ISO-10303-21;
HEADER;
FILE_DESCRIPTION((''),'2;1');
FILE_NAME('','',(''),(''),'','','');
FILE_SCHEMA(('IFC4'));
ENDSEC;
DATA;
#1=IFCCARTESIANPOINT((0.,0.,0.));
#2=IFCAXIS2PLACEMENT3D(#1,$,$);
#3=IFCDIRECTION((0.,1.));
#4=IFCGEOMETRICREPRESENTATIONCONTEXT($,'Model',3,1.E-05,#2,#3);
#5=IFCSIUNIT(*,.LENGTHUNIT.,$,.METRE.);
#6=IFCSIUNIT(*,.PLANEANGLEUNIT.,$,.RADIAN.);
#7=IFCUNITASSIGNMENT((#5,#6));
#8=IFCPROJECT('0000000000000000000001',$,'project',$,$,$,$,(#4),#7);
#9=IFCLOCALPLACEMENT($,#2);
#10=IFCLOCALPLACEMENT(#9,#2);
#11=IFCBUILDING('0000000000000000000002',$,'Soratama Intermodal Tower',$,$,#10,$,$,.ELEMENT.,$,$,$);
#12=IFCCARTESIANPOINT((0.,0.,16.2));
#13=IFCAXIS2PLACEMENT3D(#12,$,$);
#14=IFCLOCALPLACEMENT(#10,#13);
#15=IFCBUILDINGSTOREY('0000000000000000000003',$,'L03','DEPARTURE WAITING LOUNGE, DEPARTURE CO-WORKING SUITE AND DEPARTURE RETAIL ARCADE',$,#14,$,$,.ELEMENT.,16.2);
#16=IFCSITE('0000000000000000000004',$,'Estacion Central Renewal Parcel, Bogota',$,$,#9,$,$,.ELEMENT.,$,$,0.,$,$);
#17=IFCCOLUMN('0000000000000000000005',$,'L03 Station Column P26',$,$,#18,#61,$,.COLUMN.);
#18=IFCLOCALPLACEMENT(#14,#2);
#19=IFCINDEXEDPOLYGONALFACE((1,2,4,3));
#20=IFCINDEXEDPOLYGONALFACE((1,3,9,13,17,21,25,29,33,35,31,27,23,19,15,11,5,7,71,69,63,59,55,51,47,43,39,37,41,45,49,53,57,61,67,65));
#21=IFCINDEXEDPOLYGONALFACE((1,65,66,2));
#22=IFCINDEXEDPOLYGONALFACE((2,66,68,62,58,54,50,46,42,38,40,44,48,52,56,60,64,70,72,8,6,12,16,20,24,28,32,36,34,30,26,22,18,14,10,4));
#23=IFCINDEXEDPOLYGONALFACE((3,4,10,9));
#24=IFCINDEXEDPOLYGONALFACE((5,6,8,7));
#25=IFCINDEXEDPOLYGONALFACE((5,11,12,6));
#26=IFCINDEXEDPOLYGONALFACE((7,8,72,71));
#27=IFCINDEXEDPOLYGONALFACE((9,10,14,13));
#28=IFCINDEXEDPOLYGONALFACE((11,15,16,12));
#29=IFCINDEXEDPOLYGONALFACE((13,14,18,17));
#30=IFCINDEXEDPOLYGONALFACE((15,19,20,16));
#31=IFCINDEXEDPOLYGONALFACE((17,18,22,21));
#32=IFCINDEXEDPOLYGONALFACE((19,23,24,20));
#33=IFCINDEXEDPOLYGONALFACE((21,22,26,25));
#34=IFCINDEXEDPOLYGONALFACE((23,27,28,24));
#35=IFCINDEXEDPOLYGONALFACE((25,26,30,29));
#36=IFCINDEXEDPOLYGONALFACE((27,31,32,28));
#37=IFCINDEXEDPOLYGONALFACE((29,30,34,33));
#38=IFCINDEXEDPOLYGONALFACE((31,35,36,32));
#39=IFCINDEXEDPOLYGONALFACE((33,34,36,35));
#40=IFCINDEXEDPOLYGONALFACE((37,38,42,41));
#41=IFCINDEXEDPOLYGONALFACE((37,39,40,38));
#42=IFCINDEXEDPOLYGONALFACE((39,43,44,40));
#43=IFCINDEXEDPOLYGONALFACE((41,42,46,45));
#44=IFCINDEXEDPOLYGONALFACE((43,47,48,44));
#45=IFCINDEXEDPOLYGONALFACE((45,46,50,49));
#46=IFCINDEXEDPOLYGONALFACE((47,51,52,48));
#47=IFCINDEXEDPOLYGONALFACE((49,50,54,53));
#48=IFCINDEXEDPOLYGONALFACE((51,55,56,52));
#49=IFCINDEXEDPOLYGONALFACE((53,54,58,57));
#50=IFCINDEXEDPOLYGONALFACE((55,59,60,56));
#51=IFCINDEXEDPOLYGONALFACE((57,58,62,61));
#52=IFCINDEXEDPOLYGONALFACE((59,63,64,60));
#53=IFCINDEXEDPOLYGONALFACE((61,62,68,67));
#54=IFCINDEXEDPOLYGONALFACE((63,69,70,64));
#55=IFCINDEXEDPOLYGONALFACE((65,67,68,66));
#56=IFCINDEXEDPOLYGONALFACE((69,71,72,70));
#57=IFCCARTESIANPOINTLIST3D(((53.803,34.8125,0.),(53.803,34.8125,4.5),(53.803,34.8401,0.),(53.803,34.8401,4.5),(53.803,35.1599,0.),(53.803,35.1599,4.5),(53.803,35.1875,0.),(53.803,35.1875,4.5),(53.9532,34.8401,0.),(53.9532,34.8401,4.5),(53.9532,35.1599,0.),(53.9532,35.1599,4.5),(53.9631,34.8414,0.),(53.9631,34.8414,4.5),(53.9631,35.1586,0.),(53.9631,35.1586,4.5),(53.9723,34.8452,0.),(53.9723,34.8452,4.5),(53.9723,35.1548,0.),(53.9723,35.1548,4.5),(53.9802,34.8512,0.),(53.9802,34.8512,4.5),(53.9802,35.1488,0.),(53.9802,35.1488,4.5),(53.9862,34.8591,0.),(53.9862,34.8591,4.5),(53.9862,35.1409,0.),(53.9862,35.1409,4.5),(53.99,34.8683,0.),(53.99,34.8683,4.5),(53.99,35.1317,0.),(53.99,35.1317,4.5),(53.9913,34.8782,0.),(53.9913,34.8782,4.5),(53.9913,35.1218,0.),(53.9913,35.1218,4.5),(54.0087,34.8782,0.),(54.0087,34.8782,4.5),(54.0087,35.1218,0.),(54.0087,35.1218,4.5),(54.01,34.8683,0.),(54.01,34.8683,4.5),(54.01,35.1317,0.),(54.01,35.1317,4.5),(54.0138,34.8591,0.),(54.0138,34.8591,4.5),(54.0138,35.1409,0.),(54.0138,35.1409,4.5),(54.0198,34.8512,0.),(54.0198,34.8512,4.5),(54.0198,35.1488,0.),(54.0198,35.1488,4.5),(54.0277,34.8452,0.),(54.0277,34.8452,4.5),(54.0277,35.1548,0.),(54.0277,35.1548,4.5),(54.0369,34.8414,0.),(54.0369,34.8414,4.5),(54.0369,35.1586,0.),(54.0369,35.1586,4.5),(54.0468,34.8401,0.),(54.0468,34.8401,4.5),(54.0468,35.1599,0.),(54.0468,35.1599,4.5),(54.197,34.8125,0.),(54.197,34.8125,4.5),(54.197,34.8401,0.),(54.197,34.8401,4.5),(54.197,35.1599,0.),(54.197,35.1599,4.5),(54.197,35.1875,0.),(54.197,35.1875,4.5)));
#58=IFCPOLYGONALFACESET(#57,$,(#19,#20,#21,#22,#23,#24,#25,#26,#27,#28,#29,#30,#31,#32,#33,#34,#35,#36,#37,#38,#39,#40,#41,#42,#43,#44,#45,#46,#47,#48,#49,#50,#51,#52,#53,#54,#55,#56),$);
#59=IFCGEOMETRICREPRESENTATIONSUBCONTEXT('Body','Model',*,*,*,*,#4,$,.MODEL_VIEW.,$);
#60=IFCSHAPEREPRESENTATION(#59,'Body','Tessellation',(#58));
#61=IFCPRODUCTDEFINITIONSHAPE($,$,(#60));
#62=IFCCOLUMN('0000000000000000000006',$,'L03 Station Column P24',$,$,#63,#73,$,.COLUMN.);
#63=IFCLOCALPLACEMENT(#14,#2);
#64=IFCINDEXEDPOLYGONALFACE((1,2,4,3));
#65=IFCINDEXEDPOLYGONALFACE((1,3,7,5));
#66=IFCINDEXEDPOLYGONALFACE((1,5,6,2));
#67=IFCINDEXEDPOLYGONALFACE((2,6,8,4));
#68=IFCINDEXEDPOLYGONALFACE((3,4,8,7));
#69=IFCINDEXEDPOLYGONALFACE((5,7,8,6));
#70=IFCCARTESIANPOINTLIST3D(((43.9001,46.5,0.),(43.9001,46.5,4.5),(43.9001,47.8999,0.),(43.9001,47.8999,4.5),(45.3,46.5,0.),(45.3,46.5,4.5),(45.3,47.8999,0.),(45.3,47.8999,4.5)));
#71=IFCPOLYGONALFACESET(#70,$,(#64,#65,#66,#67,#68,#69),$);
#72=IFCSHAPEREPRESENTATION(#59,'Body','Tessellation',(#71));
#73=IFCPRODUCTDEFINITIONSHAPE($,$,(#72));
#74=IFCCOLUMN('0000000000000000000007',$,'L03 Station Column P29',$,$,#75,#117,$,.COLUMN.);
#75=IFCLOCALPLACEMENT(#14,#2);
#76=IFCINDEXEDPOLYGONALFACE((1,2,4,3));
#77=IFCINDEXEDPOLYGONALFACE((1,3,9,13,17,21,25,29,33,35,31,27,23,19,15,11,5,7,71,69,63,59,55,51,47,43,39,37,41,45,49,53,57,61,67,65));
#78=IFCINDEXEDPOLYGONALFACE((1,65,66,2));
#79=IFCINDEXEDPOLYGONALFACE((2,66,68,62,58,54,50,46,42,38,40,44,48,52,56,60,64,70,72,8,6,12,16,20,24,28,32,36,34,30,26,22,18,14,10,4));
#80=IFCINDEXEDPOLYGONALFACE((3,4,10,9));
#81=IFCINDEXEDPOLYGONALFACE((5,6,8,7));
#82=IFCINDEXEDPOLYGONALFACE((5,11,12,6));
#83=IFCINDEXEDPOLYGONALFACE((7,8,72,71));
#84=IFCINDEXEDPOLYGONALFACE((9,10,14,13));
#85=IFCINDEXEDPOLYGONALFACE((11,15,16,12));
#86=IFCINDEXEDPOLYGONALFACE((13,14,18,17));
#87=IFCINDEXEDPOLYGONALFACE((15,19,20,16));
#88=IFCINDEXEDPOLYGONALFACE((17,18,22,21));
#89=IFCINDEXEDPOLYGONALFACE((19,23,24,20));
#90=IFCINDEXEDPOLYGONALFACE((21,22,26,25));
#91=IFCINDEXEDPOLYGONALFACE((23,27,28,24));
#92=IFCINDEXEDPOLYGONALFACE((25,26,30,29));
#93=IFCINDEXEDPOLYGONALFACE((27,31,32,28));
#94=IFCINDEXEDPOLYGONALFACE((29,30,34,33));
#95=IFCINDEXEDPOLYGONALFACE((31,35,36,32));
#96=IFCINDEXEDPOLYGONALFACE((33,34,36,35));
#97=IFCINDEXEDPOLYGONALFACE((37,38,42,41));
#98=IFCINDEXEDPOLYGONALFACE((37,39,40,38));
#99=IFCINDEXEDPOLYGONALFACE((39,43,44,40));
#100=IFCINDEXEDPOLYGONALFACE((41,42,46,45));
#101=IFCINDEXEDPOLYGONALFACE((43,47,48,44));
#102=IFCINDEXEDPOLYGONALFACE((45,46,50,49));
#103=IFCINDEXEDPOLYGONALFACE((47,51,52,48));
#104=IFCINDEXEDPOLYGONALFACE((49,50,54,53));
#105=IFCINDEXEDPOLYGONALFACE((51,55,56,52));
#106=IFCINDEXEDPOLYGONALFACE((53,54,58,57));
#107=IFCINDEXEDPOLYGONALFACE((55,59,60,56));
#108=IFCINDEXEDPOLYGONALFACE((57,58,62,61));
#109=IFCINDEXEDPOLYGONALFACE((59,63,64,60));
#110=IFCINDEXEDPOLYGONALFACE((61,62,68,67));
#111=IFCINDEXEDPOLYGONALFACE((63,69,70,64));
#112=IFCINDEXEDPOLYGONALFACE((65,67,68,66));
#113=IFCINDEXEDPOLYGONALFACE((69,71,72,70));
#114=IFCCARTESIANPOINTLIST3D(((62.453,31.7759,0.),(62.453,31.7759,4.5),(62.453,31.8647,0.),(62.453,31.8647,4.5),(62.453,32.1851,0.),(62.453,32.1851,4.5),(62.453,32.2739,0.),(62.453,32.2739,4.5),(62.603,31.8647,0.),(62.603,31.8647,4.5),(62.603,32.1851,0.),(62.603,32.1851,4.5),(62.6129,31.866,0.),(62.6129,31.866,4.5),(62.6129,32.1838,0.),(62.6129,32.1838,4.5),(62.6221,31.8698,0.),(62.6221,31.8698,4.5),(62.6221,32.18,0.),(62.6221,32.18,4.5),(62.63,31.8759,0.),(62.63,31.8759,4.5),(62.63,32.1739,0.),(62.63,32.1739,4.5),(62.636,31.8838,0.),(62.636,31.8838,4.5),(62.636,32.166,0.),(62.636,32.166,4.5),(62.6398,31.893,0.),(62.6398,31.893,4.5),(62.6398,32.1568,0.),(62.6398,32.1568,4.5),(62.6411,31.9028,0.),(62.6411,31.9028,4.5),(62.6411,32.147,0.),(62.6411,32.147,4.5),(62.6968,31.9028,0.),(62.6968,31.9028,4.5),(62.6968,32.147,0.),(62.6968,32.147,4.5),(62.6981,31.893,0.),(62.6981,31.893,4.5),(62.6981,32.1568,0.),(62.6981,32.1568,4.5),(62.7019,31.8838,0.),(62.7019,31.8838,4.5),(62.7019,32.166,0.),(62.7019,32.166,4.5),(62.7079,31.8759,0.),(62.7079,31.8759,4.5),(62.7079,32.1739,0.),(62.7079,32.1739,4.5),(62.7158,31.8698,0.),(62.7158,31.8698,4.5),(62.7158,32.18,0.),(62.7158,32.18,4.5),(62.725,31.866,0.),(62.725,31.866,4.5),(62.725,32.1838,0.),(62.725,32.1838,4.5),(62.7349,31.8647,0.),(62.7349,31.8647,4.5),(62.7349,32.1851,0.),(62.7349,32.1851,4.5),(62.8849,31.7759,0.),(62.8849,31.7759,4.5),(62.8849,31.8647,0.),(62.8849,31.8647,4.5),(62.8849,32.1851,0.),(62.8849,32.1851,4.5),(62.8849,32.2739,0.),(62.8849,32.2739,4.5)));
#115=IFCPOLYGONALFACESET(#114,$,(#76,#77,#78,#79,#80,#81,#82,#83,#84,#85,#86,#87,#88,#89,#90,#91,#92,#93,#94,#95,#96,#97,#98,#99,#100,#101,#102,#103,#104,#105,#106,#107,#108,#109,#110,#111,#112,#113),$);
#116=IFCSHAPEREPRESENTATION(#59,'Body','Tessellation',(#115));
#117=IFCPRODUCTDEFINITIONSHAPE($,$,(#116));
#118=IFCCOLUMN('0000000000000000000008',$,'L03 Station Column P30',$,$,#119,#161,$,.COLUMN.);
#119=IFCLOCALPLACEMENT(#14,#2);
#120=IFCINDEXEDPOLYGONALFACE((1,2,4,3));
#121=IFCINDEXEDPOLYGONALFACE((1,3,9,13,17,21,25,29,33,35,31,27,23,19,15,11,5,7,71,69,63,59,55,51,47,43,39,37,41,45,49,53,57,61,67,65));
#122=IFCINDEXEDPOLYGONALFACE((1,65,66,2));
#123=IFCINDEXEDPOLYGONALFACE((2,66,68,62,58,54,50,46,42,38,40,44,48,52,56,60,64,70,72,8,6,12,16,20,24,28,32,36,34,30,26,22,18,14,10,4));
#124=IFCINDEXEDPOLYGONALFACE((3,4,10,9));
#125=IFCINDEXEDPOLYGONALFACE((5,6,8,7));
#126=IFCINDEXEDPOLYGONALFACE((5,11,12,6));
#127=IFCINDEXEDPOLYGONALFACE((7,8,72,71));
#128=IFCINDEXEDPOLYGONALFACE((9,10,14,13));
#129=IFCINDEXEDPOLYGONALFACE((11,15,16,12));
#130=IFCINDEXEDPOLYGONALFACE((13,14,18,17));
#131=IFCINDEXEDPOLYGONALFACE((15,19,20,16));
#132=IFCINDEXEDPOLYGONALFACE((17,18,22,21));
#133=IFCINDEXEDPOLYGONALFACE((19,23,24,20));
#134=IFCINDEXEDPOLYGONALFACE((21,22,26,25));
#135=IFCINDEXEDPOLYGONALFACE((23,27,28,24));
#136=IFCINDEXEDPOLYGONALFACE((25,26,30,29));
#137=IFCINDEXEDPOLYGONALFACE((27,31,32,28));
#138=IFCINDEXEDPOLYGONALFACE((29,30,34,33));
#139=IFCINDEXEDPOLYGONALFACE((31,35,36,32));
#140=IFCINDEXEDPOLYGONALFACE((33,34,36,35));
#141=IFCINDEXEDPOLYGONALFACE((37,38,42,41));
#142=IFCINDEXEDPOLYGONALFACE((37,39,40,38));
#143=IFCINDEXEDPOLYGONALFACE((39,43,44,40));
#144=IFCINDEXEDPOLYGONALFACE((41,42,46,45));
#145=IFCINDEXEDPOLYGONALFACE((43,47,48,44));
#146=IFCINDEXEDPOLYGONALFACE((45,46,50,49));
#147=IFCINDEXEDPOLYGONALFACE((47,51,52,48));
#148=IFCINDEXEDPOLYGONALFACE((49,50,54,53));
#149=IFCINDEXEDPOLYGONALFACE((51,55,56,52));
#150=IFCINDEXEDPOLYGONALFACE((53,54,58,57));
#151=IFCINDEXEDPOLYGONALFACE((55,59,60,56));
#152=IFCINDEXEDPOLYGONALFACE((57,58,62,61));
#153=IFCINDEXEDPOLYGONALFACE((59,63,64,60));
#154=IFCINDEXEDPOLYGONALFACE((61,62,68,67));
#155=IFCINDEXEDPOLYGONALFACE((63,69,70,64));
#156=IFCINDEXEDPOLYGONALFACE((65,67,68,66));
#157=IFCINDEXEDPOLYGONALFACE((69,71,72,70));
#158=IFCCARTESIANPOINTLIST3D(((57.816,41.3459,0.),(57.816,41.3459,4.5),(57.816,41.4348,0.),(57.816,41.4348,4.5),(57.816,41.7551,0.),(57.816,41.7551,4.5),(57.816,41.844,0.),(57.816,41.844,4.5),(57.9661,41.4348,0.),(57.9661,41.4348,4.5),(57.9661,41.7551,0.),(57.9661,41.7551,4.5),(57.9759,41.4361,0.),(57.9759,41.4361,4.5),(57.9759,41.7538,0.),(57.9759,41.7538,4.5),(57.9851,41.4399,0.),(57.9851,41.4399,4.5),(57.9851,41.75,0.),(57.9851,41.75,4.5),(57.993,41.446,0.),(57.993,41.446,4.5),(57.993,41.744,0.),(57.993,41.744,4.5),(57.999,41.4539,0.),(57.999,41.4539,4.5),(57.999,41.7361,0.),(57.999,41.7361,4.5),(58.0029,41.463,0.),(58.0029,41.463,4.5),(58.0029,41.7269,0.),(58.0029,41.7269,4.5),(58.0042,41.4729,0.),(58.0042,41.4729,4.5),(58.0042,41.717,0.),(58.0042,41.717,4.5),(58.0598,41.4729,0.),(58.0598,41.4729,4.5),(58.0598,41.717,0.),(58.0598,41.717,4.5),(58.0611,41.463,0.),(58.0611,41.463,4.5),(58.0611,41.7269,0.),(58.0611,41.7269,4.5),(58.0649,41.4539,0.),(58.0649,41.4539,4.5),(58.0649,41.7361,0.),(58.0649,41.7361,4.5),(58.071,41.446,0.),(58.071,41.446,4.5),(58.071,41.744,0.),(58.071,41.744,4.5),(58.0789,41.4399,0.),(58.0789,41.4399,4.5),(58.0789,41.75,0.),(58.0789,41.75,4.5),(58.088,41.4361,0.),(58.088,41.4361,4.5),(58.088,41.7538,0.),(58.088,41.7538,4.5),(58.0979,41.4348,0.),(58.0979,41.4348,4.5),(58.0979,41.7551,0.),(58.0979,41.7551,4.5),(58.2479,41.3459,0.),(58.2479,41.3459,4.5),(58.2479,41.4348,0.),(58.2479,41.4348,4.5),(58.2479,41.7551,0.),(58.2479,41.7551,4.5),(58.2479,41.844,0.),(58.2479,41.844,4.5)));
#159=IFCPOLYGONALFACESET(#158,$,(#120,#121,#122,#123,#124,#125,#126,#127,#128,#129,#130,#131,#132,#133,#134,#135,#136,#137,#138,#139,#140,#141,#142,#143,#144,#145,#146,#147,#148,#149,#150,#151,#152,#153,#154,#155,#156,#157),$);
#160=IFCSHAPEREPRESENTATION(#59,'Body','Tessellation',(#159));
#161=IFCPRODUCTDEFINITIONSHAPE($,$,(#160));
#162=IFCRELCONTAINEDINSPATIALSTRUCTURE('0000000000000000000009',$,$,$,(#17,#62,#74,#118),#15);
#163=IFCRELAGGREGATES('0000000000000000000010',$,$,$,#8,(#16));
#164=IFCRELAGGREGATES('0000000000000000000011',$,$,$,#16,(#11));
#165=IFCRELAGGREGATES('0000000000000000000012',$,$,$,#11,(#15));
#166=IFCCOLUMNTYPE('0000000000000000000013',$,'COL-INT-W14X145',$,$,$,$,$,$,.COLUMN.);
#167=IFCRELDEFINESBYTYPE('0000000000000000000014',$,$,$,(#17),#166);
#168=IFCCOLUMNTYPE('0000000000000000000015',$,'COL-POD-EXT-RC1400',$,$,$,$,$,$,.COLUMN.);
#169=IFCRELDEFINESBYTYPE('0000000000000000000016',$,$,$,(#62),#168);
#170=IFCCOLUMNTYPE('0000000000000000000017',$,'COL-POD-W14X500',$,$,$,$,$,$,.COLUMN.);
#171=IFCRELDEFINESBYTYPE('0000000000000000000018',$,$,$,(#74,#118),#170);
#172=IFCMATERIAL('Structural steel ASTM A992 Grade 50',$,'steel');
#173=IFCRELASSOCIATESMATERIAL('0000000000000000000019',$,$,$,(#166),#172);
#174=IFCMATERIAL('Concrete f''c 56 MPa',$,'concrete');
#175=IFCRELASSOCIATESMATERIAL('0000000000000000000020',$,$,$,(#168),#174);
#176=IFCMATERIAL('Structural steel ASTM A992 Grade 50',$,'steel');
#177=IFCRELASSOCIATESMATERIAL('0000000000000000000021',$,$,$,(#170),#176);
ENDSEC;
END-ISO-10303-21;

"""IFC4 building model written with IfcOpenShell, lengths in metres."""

from ifc_helpers import new_model, si_unit, direction, frame, origin, origin_2d, place, context, subcontext, project, spatial, rectangle, i_section, extrude, material, material_profile, profile_set, type_object, element, save


model = new_model("IFC4")

# Units and contexts
model_context = context("Model", 3, precision=1e-05, world=origin(), true_north=direction((0.0, 1.0)))
body_context = subcontext(model_context, "Body", "Model", "MODEL_VIEW")
ifc_project = project(units=[si_unit("LENGTHUNIT", "METRE"), si_unit("PLANEANGLEUNIT", "RADIAN")], contexts=[model_context])

# Site, building, storey
site_placement = place(None, origin())
site = spatial("IfcSite", under=ifc_project, at=site_placement, Name="Estacion Central Renewal Parcel, Bogota", CompositionType="ELEMENT", RefElevation=0.0)
building_placement = place(site_placement, origin())
building = spatial("IfcBuilding", under=site, at=building_placement, Name="Soratama Intermodal Tower", CompositionType="ELEMENT")
storey_placement = place(building_placement, frame((0.0, 0.0, 16.2)))
storey = spatial("IfcBuildingStorey", under=building, at=storey_placement, Name="L03", Description="DEPARTURE WAITING LOUNGE, DEPARTURE CO-WORKING SUITE AND DEPARTURE RETAIL ARCADE", CompositionType="ELEMENT", Elevation=16.2)

# Columns
ifc_material_1 = material(Name="Structural steel ASTM A992 Grade 50", Category="steel")
ifc_material_profile_1 = material_profile(ifc_material_1, i_section(OverallWidth=0.394, OverallDepth=0.375, WebThickness=0.0173, FlangeThickness=0.0276, FilletRadius=0.0381, at=origin_2d()), Name="W14X145")
ifc_profile_set_1 = profile_set([ifc_material_profile_1], Name="Structural steel ASTM A992 Grade 50")
column_type_1 = type_object("IfcColumnType", Name="COL-INT-W14X145", PredefinedType="COLUMN", material=ifc_profile_set_1)
column_1_placement = place(storey_placement, frame((54.0, 35.0, 0.0), z_axis=(0.0, 0.0, 1.0), x_axis=(1.0, 0.0, 0.0)))
element("IfcColumn", 1, at=column_1_placement, inside=storey, type_object=column_type_1, Name="L03 Station Column P26", PredefinedType="COLUMN", context=body_context, shape_type="SweptSolid", body=[
    extrude(i_section(OverallWidth=0.394, OverallDepth=0.375, WebThickness=0.0173, FlangeThickness=0.0276, FilletRadius=0.0381, at=origin_2d()), origin(), (0.0, 0.0, 1.0), 4.5),
])
ifc_material_2 = material(Name="Concrete f'c 56 MPa", Category="concrete")
ifc_material_profile_2 = material_profile(ifc_material_2, rectangle(XDim=1.3999, YDim=1.3999, at=origin_2d()), Name="RC1400X1400")
ifc_profile_set_2 = profile_set([ifc_material_profile_2], Name="Concrete f'c 56 MPa")
column_type_2 = type_object("IfcColumnType", Name="COL-POD-EXT-RC1400", PredefinedType="COLUMN", material=ifc_profile_set_2)
column_2_placement = place(storey_placement, frame((44.6001, 47.2, 0.0), z_axis=(0.0, 0.0, 1.0), x_axis=(1.0, 0.0, 0.0)))
element("IfcColumn", 2, at=column_2_placement, inside=storey, type_object=column_type_2, Name="L03 Station Column P24", PredefinedType="COLUMN", context=body_context, shape_type="SweptSolid", body=[
    extrude(rectangle(XDim=1.3999, YDim=1.3999, at=origin_2d()), origin(), (0.0, 0.0, 1.0), 4.5),
])
ifc_material_3 = material(Name="Structural steel ASTM A992 Grade 50", Category="steel")
ifc_material_profile_3 = material_profile(ifc_material_3, i_section(OverallWidth=0.4319, OverallDepth=0.498, WebThickness=0.0557, FlangeThickness=0.0889, FilletRadius=0.0381, at=origin_2d()), Name="W14X500")
ifc_profile_set_3 = profile_set([ifc_material_profile_3], Name="Structural steel ASTM A992 Grade 50")
column_type_3 = type_object("IfcColumnType", Name="COL-POD-W14X500", PredefinedType="COLUMN", material=ifc_profile_set_3)
for number, where, z_axis, x_axis, name in (
    (3, (62.6689, 32.0249, 0.0), (0.0, 0.0, 1.0), (1.0, 0.0, 0.0), "L03 Station Column P29"),
    (4, (58.032, 41.595, 0.0), (0.0, 0.0, 1.0), (1.0, 0.0, 0.0), "L03 Station Column P30"),
):
    element("IfcColumn", number, at=place(storey_placement, frame(where, z_axis=z_axis, x_axis=x_axis)), inside=storey, type_object=column_type_3, Name=name, PredefinedType="COLUMN", context=body_context, shape_type="SweptSolid", body=[
        extrude(i_section(OverallWidth=0.4319, OverallDepth=0.498, WebThickness=0.0557, FlangeThickness=0.0889, FilletRadius=0.0381, at=origin_2d()), origin(), (0.0, 0.0, 1.0), 4.5),
    ])

save(model, "model.ifc")
